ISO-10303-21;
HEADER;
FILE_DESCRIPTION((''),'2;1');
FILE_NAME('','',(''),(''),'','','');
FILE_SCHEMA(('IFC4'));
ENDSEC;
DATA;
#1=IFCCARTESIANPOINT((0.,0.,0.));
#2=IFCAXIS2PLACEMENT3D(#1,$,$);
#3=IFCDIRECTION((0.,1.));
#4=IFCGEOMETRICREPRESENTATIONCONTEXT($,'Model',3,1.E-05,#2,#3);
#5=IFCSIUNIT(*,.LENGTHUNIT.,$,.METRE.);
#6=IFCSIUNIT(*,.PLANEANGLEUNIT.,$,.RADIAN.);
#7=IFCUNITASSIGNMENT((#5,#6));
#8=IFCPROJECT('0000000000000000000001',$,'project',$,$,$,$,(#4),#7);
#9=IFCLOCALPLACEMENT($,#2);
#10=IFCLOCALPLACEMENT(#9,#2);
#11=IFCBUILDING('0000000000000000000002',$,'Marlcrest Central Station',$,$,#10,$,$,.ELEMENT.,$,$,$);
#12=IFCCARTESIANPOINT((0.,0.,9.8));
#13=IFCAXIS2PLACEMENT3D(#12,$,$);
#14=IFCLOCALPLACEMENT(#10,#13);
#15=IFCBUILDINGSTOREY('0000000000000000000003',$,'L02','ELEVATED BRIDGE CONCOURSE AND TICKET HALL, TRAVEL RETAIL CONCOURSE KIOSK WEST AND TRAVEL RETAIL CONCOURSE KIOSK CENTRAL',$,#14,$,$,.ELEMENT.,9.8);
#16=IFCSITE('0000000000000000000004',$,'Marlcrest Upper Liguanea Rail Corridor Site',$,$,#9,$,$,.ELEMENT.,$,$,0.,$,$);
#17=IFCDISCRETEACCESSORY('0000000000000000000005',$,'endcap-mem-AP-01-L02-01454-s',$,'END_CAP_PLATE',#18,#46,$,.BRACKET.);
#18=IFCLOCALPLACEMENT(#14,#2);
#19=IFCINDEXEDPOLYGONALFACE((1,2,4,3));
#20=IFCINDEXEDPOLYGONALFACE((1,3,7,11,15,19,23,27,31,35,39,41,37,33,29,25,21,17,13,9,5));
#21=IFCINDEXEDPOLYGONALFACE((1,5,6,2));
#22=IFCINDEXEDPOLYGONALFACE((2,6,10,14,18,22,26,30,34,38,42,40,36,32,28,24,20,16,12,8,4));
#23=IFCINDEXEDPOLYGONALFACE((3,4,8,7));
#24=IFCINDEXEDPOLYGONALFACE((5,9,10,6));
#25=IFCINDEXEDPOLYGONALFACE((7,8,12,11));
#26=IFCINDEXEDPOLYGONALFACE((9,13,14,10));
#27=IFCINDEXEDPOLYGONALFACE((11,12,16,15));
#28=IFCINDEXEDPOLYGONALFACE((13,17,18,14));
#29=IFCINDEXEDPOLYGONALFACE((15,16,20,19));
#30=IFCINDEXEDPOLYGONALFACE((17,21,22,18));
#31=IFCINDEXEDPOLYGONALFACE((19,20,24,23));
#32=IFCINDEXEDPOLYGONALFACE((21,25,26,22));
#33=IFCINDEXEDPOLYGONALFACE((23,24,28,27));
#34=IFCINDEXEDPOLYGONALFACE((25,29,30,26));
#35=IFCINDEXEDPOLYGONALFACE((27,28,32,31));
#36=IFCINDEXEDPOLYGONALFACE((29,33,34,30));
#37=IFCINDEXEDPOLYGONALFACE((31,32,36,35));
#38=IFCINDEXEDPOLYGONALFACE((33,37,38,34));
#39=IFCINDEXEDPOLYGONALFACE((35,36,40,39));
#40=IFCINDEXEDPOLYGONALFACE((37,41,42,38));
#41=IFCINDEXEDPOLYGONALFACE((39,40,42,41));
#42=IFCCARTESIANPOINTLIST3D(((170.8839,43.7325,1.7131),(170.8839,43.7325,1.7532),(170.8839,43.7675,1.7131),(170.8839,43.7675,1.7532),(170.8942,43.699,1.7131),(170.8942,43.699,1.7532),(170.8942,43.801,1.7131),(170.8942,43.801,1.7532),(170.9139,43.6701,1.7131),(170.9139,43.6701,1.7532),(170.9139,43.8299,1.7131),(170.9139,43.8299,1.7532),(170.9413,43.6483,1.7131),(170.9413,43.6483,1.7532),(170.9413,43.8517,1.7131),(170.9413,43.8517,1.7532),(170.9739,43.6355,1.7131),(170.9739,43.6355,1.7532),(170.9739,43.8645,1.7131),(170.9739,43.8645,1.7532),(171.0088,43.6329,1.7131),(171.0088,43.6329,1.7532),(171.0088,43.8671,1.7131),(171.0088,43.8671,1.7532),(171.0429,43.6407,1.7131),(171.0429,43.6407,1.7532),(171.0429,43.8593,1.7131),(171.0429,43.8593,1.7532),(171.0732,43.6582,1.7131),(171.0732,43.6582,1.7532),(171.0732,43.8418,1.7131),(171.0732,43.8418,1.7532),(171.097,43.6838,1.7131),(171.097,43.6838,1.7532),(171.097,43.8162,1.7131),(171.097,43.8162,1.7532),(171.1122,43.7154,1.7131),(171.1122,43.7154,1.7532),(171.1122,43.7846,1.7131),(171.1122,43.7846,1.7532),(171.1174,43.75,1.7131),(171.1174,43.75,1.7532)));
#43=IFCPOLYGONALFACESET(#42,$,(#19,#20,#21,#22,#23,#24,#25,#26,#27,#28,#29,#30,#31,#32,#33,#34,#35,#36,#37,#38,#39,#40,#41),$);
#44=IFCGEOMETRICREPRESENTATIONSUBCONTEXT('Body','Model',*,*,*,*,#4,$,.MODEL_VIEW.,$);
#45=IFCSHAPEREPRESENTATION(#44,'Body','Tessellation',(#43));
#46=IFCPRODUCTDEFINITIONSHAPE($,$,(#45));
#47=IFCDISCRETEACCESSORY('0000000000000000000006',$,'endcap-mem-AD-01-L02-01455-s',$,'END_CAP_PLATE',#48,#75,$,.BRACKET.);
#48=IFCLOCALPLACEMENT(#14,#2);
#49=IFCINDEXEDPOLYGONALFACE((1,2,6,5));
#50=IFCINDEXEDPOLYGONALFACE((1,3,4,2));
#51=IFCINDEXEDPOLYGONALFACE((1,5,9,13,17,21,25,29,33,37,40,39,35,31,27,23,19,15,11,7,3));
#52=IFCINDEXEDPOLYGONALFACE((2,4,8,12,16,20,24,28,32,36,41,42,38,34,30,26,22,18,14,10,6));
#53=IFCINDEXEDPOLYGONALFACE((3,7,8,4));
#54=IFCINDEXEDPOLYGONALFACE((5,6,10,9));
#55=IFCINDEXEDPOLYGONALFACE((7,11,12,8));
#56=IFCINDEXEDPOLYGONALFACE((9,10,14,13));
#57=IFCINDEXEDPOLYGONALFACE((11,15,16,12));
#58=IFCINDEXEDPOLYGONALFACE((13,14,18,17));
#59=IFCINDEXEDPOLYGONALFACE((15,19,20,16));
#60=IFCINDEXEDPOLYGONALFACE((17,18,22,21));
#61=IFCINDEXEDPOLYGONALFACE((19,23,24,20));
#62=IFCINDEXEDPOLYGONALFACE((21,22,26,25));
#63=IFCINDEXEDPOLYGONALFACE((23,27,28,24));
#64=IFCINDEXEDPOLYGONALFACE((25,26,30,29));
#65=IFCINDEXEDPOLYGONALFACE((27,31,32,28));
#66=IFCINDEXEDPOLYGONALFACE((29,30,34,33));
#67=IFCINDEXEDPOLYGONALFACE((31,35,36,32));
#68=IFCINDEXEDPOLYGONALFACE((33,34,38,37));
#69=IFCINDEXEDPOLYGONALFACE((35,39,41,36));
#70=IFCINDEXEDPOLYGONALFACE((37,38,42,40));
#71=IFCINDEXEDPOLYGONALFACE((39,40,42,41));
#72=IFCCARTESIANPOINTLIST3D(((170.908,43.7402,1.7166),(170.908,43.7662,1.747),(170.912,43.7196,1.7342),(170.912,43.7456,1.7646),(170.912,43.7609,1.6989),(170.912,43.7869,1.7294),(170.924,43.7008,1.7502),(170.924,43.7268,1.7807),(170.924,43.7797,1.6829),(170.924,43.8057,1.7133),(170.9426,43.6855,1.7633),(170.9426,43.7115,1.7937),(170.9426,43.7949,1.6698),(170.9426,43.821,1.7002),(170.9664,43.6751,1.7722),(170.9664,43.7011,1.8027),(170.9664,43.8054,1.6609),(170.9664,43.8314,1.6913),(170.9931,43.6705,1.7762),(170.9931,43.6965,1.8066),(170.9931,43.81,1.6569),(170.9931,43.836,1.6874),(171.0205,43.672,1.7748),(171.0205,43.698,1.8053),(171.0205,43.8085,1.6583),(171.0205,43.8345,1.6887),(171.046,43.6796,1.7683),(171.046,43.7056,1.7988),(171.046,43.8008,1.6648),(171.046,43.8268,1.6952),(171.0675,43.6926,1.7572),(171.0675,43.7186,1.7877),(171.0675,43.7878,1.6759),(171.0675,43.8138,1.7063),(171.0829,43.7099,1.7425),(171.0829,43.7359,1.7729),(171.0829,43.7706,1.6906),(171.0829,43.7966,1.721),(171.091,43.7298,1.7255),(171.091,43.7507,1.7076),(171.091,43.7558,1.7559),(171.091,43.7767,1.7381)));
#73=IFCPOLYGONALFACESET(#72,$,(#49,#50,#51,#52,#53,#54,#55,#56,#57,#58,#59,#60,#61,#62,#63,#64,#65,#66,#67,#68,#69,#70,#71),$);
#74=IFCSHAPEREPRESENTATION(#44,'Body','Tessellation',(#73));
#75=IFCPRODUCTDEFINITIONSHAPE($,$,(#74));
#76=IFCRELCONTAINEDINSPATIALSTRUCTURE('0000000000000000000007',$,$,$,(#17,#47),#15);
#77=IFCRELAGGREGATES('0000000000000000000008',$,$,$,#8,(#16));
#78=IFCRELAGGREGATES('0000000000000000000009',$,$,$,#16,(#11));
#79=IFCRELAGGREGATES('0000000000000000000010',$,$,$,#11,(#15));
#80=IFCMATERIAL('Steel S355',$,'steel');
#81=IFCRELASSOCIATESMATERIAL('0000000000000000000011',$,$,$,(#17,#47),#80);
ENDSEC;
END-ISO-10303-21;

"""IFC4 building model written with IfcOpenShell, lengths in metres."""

from ifc_helpers import new_model, si_unit, direction, frame, origin, origin_2d, place, context, subcontext, project, spatial, circle, extrude, material, element, save


model = new_model("IFC4")

# Units and contexts
model_context = context("Model", 3, precision=1e-05, world=origin(), true_north=direction((0.0, 1.0)))
body_context = subcontext(model_context, "Body", "Model", "MODEL_VIEW")
ifc_project = project(units=[si_unit("LENGTHUNIT", "METRE"), si_unit("PLANEANGLEUNIT", "RADIAN")], contexts=[model_context])

# Site, building, storey
site_placement = place(None, origin())
site = spatial("IfcSite", under=ifc_project, at=site_placement, Name="Marlcrest Upper Liguanea Rail Corridor Site", CompositionType="ELEMENT", RefElevation=0.0)
building_placement = place(site_placement, origin())
building = spatial("IfcBuilding", under=site, at=building_placement, Name="Marlcrest Central Station", CompositionType="ELEMENT")
storey_placement = place(building_placement, frame((0.0, 0.0, 9.8)))
storey = spatial("IfcBuildingStorey", under=building, at=storey_placement, Name="L02", Description="ELEVATED BRIDGE CONCOURSE AND TICKET HALL, TRAVEL RETAIL CONCOURSE KIOSK WEST AND TRAVEL RETAIL CONCOURSE KIOSK CENTRAL", CompositionType="ELEMENT", Elevation=9.8)

# Shared definitions
ifc_material = material(Name="Steel S355", Category="steel")

# Discrete accessories
discrete_accessory_1_placement = place(storey_placement, frame((171.0, 43.75, 1.7131), z_axis=(0.0, 0.0, 1.0), x_axis=(1.0, 0.0, 0.0)))
element("IfcDiscreteAccessory", 1, at=discrete_accessory_1_placement, inside=storey, material=ifc_material, Name="endcap-mem-AP-01-L02-01454-s", ObjectType="END_CAP_PLATE", PredefinedType="BRACKET", context=body_context, shape_type="SweptSolid", body=[
    extrude(circle(Radius=0.1174, at=origin_2d()), origin(), (0.0, 0.0, 1.0), 0.04),
])
discrete_accessory_2_placement = place(storey_placement, frame((171.0, 43.7402, 1.7166), z_axis=(0.0, 0.649625, 0.760255), x_axis=(-1.0, 0.0, 0.0)))
element("IfcDiscreteAccessory", 2, at=discrete_accessory_2_placement, inside=storey, material=ifc_material, Name="endcap-mem-AD-01-L02-01455-s", ObjectType="END_CAP_PLATE", PredefinedType="BRACKET", context=body_context, shape_type="SweptSolid", body=[
    extrude(circle(Radius=0.092, at=origin_2d()), origin(), (0.0, 0.0, 1.0), 0.04),
])

save(model, "model.ifc")
